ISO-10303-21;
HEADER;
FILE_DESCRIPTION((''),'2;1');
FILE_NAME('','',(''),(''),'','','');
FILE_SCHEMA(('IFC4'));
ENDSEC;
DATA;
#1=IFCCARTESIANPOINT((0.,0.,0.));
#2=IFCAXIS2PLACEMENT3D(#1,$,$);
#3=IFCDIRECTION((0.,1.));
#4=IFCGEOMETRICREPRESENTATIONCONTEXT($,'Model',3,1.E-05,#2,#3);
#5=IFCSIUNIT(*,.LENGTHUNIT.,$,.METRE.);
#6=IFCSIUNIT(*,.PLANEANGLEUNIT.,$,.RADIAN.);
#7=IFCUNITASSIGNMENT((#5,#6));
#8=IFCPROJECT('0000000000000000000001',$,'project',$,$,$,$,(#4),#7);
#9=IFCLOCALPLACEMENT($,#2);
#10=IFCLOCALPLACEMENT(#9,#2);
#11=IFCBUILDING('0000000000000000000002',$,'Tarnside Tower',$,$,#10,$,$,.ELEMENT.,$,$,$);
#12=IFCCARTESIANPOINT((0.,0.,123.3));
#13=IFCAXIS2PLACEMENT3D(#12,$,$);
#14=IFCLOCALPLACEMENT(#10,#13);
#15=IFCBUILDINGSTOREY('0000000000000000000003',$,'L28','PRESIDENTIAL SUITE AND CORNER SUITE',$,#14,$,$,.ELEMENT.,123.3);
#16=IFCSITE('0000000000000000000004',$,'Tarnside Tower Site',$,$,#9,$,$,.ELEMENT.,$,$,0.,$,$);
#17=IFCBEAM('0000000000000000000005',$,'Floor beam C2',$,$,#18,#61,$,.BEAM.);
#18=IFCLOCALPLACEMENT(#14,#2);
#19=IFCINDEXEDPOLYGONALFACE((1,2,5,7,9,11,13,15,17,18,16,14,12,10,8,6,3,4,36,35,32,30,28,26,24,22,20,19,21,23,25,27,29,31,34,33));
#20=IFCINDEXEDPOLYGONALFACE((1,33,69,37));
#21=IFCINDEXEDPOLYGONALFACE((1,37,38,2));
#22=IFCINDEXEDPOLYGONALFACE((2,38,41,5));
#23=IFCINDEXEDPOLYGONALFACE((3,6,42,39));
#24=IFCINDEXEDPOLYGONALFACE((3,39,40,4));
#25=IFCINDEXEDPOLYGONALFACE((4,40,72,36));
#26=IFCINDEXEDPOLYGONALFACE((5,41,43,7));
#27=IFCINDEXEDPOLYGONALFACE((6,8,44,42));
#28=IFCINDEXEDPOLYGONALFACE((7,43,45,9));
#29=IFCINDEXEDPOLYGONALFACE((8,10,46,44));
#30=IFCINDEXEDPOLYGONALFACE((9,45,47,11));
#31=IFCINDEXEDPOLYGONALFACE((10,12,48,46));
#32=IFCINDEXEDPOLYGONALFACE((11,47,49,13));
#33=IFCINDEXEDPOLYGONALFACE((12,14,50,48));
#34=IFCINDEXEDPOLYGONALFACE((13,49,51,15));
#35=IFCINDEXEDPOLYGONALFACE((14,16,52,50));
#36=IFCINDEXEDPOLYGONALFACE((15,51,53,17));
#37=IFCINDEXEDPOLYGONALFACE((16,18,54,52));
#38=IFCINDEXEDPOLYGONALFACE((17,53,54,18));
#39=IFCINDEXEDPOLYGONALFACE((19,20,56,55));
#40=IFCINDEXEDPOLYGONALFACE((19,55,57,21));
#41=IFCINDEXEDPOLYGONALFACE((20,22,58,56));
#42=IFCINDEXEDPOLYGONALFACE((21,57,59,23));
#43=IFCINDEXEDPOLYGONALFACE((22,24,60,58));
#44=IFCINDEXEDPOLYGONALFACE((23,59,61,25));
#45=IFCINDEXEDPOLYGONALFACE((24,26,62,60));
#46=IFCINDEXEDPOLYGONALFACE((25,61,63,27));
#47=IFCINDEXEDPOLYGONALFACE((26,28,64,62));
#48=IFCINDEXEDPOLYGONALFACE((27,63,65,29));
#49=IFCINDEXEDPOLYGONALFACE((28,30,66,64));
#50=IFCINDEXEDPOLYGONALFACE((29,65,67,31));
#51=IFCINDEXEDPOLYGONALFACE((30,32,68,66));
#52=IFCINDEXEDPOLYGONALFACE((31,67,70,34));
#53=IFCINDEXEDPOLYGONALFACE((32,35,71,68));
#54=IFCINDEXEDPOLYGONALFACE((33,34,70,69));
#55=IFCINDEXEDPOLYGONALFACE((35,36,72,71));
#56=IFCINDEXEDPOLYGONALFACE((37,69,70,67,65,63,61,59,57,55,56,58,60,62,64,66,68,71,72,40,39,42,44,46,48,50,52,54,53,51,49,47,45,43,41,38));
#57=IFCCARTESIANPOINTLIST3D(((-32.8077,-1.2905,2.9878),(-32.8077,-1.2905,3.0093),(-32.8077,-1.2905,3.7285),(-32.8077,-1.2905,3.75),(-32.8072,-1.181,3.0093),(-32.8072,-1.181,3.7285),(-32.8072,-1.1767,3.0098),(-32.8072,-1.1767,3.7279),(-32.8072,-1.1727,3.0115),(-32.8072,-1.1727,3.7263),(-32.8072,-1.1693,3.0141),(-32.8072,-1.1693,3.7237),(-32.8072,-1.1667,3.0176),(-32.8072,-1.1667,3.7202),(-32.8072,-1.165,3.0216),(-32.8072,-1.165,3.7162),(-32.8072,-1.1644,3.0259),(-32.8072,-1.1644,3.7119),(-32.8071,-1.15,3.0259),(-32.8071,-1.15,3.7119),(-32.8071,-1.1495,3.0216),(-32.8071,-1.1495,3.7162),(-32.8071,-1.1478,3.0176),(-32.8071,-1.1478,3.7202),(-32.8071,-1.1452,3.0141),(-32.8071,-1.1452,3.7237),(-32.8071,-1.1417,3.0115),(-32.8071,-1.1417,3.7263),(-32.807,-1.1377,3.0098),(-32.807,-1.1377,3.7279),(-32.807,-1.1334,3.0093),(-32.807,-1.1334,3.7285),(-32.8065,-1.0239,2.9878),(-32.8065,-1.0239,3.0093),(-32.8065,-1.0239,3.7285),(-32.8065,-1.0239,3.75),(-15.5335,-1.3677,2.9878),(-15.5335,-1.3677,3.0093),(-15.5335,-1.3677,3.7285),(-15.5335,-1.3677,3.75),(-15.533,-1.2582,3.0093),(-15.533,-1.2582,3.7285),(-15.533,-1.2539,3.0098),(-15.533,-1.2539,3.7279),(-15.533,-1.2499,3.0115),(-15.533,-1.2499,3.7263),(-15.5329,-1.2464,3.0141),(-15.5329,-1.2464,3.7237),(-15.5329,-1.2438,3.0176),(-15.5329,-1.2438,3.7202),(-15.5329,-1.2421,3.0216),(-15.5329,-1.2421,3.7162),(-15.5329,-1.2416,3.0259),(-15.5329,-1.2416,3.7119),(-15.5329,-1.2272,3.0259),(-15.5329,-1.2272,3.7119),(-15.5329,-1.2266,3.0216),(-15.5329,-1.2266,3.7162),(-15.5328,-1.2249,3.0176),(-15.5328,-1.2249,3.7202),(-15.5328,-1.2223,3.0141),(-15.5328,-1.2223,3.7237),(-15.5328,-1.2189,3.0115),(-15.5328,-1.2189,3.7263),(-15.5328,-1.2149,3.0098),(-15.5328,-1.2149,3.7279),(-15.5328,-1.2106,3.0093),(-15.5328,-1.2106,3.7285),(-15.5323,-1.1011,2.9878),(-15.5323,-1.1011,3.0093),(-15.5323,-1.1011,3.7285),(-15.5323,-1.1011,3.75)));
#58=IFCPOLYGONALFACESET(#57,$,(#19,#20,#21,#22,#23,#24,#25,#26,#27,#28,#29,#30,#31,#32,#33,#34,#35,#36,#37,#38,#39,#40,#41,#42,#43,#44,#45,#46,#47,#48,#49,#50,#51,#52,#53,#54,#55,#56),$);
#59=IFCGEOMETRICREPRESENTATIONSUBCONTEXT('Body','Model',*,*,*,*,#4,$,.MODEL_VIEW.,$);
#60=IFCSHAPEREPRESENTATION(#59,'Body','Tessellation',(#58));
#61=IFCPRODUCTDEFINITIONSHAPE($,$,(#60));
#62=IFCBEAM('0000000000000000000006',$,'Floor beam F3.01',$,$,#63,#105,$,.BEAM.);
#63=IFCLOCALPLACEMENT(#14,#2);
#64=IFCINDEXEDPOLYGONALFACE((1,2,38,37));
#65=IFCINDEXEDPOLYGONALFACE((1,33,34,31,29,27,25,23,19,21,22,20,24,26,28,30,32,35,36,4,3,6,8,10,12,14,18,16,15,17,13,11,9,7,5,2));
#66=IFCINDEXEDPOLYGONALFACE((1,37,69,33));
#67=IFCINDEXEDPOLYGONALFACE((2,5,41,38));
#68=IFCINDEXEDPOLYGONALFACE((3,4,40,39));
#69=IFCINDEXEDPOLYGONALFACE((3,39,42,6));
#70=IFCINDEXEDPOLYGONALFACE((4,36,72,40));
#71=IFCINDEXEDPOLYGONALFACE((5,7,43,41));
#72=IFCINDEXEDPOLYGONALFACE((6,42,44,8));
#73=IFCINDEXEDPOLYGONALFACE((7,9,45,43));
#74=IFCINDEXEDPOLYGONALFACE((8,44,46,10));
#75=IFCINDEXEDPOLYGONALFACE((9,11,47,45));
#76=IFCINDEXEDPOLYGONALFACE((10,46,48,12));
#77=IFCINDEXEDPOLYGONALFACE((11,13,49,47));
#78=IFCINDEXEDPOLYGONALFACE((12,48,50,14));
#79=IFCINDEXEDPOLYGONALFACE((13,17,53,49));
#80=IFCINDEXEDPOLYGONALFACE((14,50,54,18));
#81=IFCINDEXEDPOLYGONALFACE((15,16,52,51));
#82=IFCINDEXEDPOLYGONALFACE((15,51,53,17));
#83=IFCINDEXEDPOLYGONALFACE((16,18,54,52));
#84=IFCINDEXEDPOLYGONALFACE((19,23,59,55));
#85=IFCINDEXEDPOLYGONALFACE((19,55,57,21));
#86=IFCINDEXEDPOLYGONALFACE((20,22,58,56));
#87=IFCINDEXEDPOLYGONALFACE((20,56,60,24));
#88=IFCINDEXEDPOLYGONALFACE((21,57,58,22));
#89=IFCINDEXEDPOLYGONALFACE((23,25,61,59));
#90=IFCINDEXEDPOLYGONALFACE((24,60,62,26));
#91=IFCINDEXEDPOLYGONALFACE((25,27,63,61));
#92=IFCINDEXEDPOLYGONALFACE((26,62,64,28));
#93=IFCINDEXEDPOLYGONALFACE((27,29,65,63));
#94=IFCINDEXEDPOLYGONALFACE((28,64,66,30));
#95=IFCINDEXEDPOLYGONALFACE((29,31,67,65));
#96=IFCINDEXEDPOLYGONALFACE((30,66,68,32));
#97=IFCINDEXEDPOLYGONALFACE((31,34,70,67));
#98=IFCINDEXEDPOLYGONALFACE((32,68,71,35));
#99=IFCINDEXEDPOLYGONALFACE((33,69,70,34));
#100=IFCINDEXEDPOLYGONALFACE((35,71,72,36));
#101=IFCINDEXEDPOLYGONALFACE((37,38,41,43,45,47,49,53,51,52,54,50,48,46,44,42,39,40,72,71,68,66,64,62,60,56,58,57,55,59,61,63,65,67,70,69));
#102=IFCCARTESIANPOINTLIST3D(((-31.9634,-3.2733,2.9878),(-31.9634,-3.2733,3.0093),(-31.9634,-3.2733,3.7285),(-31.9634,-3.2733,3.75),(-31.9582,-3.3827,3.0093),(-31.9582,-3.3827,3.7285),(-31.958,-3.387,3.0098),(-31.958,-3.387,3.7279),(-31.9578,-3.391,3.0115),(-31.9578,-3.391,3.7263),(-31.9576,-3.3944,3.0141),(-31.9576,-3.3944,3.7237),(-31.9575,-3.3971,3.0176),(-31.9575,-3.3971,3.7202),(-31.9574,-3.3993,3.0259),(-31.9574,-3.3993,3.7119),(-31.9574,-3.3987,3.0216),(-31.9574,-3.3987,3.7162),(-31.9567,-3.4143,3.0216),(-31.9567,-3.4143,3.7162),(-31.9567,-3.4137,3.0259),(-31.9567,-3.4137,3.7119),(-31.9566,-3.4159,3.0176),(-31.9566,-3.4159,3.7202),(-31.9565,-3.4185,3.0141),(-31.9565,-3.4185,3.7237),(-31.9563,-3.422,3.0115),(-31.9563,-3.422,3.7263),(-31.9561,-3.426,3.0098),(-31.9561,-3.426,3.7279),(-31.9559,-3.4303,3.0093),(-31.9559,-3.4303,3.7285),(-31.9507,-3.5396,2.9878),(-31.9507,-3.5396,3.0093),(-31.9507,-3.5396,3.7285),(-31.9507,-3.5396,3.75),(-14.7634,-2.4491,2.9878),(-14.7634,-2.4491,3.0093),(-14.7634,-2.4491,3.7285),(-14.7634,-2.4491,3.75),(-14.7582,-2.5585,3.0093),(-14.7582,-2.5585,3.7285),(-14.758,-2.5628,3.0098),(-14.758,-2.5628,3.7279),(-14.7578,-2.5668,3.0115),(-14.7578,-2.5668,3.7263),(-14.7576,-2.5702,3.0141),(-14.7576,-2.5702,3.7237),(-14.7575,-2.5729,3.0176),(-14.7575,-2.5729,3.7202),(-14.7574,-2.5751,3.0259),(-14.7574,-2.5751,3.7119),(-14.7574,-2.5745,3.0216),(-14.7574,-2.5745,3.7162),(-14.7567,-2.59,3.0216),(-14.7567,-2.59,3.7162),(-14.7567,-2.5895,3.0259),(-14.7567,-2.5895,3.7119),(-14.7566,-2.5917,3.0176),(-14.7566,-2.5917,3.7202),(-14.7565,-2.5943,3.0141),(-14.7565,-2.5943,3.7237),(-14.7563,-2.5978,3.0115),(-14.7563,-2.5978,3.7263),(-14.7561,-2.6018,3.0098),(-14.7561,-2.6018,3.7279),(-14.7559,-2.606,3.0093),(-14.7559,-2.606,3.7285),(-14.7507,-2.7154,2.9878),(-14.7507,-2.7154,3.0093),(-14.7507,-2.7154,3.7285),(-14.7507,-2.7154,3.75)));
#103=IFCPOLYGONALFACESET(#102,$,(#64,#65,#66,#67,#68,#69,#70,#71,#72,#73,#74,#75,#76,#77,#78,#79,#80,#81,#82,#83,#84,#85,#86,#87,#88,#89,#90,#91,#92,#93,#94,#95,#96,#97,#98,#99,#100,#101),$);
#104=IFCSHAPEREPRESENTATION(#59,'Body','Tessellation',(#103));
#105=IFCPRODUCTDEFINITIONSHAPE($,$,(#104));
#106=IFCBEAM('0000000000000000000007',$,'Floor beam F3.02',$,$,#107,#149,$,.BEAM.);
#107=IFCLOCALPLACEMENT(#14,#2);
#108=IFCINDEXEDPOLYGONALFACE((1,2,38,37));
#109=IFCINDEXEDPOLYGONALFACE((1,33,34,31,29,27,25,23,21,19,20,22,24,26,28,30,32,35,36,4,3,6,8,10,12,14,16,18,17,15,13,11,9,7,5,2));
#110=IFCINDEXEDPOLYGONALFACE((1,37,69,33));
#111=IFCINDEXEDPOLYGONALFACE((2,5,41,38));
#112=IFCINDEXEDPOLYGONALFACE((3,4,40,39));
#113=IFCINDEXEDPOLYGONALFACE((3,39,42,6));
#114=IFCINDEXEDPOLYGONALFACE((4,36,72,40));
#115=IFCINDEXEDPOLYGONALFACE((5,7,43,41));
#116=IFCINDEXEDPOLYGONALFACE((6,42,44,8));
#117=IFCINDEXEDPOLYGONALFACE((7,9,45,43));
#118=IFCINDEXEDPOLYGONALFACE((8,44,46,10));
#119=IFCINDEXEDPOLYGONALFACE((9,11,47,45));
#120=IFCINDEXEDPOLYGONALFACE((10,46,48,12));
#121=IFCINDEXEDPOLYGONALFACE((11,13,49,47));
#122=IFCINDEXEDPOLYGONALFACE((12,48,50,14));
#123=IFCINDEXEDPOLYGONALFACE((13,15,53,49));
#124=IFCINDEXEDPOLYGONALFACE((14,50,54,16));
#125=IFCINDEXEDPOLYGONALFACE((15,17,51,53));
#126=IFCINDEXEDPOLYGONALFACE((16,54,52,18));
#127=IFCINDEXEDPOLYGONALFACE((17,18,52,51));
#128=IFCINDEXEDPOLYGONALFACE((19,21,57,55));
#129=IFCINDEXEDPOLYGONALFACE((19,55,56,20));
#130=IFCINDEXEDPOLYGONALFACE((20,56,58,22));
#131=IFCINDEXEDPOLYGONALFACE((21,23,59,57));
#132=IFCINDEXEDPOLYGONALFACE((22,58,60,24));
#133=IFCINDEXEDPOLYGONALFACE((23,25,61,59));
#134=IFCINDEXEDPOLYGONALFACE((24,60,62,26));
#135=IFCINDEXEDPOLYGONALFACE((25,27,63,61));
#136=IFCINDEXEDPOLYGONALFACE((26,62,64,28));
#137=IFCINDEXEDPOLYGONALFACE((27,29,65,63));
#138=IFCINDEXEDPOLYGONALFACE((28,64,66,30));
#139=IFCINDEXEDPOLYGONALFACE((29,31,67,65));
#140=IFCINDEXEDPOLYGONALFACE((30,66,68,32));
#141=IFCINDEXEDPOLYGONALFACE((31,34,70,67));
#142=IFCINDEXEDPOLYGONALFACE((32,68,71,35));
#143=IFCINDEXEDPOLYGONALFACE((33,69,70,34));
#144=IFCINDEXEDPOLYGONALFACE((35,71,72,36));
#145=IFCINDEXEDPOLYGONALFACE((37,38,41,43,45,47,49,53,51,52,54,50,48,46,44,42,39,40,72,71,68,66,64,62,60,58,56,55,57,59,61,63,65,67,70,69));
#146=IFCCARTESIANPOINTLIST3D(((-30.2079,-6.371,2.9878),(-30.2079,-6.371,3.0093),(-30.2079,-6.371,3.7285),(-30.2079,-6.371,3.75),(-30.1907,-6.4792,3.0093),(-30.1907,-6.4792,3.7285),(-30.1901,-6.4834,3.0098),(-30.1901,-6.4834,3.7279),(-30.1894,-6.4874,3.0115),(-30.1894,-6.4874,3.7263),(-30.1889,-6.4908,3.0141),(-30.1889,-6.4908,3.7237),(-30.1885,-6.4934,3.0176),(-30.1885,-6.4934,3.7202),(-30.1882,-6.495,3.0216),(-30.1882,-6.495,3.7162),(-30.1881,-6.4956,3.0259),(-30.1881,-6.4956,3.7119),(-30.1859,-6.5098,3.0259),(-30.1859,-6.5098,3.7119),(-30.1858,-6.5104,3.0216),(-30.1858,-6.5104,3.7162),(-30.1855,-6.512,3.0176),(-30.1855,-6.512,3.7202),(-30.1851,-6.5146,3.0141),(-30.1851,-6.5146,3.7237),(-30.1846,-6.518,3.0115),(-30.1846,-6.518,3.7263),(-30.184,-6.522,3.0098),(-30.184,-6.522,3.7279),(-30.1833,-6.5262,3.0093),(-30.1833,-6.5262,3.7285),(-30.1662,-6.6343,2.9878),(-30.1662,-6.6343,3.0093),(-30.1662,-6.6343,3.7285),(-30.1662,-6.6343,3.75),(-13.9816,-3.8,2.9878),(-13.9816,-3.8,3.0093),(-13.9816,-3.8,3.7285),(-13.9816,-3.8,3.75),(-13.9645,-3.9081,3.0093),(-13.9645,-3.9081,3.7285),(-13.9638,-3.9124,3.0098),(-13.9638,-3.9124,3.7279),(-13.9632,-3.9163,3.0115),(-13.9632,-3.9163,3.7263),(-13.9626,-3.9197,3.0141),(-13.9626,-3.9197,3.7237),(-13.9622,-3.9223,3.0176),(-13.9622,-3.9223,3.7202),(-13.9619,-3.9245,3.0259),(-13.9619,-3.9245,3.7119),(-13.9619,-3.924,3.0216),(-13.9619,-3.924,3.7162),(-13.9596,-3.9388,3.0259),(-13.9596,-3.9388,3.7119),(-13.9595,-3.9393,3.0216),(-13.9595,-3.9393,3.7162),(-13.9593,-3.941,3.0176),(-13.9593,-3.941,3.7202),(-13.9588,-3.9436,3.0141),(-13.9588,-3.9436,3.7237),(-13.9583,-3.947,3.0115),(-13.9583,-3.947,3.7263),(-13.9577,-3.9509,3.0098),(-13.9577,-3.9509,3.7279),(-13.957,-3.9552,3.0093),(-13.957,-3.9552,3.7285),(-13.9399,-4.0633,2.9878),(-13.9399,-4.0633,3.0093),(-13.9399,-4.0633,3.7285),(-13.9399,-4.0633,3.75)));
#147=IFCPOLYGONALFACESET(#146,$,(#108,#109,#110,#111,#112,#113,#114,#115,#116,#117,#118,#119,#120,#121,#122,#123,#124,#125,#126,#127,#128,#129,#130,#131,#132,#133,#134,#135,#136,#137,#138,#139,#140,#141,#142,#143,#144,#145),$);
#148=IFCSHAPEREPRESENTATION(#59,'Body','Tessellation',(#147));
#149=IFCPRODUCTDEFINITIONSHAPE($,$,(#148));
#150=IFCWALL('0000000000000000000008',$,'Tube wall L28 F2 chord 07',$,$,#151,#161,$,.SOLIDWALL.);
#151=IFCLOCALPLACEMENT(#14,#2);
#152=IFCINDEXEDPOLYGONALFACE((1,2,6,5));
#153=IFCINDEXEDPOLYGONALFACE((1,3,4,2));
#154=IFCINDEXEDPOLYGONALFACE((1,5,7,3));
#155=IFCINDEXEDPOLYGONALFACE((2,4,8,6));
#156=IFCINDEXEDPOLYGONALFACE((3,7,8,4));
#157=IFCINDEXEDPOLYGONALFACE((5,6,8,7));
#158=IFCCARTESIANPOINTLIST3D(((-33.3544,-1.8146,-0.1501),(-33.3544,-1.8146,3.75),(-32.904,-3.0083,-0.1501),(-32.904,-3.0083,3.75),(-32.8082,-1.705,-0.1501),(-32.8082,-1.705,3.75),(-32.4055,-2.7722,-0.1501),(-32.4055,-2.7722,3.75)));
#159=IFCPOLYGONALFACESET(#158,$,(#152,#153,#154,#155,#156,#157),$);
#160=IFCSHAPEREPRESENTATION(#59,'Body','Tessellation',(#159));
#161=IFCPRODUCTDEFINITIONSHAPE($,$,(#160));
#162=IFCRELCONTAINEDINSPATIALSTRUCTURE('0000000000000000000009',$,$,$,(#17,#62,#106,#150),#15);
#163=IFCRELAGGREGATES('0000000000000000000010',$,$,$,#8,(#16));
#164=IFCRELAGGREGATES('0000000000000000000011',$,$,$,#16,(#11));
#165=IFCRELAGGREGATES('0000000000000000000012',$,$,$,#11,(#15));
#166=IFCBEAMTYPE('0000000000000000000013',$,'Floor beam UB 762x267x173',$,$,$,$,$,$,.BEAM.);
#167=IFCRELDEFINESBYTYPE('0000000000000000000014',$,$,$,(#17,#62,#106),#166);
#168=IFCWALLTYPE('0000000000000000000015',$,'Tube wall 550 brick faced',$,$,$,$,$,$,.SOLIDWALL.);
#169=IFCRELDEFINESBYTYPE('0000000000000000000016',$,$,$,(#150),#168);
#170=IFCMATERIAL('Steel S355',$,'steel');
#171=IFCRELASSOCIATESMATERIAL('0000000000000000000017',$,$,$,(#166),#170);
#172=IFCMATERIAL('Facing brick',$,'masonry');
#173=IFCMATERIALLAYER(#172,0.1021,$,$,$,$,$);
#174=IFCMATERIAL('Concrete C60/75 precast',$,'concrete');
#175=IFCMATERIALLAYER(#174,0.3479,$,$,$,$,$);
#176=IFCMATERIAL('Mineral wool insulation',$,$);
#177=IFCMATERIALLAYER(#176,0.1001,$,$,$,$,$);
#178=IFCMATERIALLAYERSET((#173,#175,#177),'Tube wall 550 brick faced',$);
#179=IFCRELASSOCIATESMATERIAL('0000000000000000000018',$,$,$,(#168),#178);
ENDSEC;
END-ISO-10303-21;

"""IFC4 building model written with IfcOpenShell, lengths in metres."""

from ifc_helpers import new_model, si_unit, direction, frame, origin, origin_2d, place, context, subcontext, project, spatial, polyline, i_section, outline, extrude, material, layer, layer_set, material_profile, profile_set, type_object, element, save


model = new_model("IFC4")

# Units and contexts
model_context = context("Model", 3, precision=1e-05, world=origin(), true_north=direction((0.0, 1.0)))
body_context = subcontext(model_context, "Body", "Model", "MODEL_VIEW")
ifc_project = project(units=[si_unit("LENGTHUNIT", "METRE"), si_unit("PLANEANGLEUNIT", "RADIAN")], contexts=[model_context])

# Site, building, storey
site_placement = place(None, origin())
site = spatial("IfcSite", under=ifc_project, at=site_placement, Name="Tarnside Tower Site", CompositionType="ELEMENT", RefElevation=0.0)
building_placement = place(site_placement, origin())
building = spatial("IfcBuilding", under=site, at=building_placement, Name="Tarnside Tower", CompositionType="ELEMENT")
storey_placement = place(building_placement, frame((0.0, 0.0, 123.3)))
storey = spatial("IfcBuildingStorey", under=building, at=storey_placement, Name="L28", Description="PRESIDENTIAL SUITE AND CORNER SUITE", CompositionType="ELEMENT", Elevation=123.3)

# Beams
ifc_material_1 = material(Name="Steel S355", Category="steel")
ifc_material_profile = material_profile(ifc_material_1, i_section(OverallWidth=0.2666, OverallDepth=0.7622, WebThickness=0.0144, FlangeThickness=0.0215, FilletRadius=0.0166, at=origin_2d()), Name="UB 762x267x173")
ifc_profile_set = profile_set([ifc_material_profile], Name="Steel S355")
beam_type = type_object("IfcBeamType", Name="Floor beam UB 762x267x173", PredefinedType="BEAM", material=ifc_profile_set)
beam_1_placement = place(storey_placement, frame((-32.8071, -1.1572, 3.3689), z_axis=(0.99999, -0.004466, 0.0), x_axis=(0.004466, 0.99999, 0.0)))
element("IfcBeam", 1, at=beam_1_placement, inside=storey, type_object=beam_type, Name="Floor beam C2", PredefinedType="BEAM", context=body_context, shape_type="SweptSolid", body=[
    extrude(i_section(OverallWidth=0.2666, OverallDepth=0.7622, WebThickness=0.0144, FlangeThickness=0.0215, FilletRadius=0.0166, at=origin_2d()), origin(), (0.0, 0.0, 1.0), 17.2744),
])
beam_2_placement = place(storey_placement, frame((-31.957, -3.4065, 3.3689), z_axis=(0.998854, 0.047865, 0.0), x_axis=(-0.047865, 0.998854, 0.0)))
element("IfcBeam", 2, at=beam_2_placement, inside=storey, type_object=beam_type, Name="Floor beam F3.01", PredefinedType="BEAM", context=body_context, shape_type="SweptSolid", body=[
    extrude(i_section(OverallWidth=0.2666, OverallDepth=0.7622, WebThickness=0.0144, FlangeThickness=0.0215, FilletRadius=0.0166, at=origin_2d()), origin(), (0.0, 0.0, 1.0), 17.2197),
])
beam_3_placement = place(storey_placement, frame((-30.187, -6.5027, 3.3689), z_axis=(0.987678, 0.156497, 0.0), x_axis=(-0.156497, 0.987678, 0.0)))
element("IfcBeam", 3, at=beam_3_placement, inside=storey, type_object=beam_type, Name="Floor beam F3.02", PredefinedType="BEAM", context=body_context, shape_type="SweptSolid", body=[
    extrude(i_section(OverallWidth=0.2666, OverallDepth=0.7622, WebThickness=0.0144, FlangeThickness=0.0215, FilletRadius=0.0166, at=origin_2d()), origin(), (0.0, 0.0, 1.0), 16.4287),
])

# Wall
ifc_material_2 = material(Name="Facing brick", Category="masonry")
ifc_layer_1 = layer(ifc_material_2, 0.1021)
ifc_material_3 = material(Name="Concrete C60/75 precast", Category="concrete")
ifc_layer_2 = layer(ifc_material_3, 0.3479)
ifc_material_4 = material(Name="Mineral wool insulation")
ifc_layer_3 = layer(ifc_material_4, 0.1001)
ifc_layer_set_1 = layer_set([ifc_layer_1, ifc_layer_2, ifc_layer_3], Name="Tube wall 550 brick faced")
wall_type = type_object("IfcWallType", Name="Tube wall 550 brick faced", PredefinedType="SOLIDWALL", material=ifc_layer_set_1)
wall_1_placement = place(storey_placement, frame((-33.0813, -1.7598, -0.1501), z_axis=(0.0, 0.0, 1.0), x_axis=(0.353027, -0.935613, 0.0)))
element("IfcWall", 4, at=wall_1_placement, inside=storey, type_object=wall_type, Name="Tube wall L28 F2 chord 07", PredefinedType="SOLIDWALL", context=body_context, shape_type="SweptSolid", body=[
    extrude(outline(polyline([(-0.0452, -0.2749), (1.2307, -0.2749), (1.1858, 0.2749), (0.0452, 0.2749), (-0.0452, -0.2749)])), origin(), (0.0, 0.0, 1.0), 3.9001),
])

save(model, "model.ifc")
